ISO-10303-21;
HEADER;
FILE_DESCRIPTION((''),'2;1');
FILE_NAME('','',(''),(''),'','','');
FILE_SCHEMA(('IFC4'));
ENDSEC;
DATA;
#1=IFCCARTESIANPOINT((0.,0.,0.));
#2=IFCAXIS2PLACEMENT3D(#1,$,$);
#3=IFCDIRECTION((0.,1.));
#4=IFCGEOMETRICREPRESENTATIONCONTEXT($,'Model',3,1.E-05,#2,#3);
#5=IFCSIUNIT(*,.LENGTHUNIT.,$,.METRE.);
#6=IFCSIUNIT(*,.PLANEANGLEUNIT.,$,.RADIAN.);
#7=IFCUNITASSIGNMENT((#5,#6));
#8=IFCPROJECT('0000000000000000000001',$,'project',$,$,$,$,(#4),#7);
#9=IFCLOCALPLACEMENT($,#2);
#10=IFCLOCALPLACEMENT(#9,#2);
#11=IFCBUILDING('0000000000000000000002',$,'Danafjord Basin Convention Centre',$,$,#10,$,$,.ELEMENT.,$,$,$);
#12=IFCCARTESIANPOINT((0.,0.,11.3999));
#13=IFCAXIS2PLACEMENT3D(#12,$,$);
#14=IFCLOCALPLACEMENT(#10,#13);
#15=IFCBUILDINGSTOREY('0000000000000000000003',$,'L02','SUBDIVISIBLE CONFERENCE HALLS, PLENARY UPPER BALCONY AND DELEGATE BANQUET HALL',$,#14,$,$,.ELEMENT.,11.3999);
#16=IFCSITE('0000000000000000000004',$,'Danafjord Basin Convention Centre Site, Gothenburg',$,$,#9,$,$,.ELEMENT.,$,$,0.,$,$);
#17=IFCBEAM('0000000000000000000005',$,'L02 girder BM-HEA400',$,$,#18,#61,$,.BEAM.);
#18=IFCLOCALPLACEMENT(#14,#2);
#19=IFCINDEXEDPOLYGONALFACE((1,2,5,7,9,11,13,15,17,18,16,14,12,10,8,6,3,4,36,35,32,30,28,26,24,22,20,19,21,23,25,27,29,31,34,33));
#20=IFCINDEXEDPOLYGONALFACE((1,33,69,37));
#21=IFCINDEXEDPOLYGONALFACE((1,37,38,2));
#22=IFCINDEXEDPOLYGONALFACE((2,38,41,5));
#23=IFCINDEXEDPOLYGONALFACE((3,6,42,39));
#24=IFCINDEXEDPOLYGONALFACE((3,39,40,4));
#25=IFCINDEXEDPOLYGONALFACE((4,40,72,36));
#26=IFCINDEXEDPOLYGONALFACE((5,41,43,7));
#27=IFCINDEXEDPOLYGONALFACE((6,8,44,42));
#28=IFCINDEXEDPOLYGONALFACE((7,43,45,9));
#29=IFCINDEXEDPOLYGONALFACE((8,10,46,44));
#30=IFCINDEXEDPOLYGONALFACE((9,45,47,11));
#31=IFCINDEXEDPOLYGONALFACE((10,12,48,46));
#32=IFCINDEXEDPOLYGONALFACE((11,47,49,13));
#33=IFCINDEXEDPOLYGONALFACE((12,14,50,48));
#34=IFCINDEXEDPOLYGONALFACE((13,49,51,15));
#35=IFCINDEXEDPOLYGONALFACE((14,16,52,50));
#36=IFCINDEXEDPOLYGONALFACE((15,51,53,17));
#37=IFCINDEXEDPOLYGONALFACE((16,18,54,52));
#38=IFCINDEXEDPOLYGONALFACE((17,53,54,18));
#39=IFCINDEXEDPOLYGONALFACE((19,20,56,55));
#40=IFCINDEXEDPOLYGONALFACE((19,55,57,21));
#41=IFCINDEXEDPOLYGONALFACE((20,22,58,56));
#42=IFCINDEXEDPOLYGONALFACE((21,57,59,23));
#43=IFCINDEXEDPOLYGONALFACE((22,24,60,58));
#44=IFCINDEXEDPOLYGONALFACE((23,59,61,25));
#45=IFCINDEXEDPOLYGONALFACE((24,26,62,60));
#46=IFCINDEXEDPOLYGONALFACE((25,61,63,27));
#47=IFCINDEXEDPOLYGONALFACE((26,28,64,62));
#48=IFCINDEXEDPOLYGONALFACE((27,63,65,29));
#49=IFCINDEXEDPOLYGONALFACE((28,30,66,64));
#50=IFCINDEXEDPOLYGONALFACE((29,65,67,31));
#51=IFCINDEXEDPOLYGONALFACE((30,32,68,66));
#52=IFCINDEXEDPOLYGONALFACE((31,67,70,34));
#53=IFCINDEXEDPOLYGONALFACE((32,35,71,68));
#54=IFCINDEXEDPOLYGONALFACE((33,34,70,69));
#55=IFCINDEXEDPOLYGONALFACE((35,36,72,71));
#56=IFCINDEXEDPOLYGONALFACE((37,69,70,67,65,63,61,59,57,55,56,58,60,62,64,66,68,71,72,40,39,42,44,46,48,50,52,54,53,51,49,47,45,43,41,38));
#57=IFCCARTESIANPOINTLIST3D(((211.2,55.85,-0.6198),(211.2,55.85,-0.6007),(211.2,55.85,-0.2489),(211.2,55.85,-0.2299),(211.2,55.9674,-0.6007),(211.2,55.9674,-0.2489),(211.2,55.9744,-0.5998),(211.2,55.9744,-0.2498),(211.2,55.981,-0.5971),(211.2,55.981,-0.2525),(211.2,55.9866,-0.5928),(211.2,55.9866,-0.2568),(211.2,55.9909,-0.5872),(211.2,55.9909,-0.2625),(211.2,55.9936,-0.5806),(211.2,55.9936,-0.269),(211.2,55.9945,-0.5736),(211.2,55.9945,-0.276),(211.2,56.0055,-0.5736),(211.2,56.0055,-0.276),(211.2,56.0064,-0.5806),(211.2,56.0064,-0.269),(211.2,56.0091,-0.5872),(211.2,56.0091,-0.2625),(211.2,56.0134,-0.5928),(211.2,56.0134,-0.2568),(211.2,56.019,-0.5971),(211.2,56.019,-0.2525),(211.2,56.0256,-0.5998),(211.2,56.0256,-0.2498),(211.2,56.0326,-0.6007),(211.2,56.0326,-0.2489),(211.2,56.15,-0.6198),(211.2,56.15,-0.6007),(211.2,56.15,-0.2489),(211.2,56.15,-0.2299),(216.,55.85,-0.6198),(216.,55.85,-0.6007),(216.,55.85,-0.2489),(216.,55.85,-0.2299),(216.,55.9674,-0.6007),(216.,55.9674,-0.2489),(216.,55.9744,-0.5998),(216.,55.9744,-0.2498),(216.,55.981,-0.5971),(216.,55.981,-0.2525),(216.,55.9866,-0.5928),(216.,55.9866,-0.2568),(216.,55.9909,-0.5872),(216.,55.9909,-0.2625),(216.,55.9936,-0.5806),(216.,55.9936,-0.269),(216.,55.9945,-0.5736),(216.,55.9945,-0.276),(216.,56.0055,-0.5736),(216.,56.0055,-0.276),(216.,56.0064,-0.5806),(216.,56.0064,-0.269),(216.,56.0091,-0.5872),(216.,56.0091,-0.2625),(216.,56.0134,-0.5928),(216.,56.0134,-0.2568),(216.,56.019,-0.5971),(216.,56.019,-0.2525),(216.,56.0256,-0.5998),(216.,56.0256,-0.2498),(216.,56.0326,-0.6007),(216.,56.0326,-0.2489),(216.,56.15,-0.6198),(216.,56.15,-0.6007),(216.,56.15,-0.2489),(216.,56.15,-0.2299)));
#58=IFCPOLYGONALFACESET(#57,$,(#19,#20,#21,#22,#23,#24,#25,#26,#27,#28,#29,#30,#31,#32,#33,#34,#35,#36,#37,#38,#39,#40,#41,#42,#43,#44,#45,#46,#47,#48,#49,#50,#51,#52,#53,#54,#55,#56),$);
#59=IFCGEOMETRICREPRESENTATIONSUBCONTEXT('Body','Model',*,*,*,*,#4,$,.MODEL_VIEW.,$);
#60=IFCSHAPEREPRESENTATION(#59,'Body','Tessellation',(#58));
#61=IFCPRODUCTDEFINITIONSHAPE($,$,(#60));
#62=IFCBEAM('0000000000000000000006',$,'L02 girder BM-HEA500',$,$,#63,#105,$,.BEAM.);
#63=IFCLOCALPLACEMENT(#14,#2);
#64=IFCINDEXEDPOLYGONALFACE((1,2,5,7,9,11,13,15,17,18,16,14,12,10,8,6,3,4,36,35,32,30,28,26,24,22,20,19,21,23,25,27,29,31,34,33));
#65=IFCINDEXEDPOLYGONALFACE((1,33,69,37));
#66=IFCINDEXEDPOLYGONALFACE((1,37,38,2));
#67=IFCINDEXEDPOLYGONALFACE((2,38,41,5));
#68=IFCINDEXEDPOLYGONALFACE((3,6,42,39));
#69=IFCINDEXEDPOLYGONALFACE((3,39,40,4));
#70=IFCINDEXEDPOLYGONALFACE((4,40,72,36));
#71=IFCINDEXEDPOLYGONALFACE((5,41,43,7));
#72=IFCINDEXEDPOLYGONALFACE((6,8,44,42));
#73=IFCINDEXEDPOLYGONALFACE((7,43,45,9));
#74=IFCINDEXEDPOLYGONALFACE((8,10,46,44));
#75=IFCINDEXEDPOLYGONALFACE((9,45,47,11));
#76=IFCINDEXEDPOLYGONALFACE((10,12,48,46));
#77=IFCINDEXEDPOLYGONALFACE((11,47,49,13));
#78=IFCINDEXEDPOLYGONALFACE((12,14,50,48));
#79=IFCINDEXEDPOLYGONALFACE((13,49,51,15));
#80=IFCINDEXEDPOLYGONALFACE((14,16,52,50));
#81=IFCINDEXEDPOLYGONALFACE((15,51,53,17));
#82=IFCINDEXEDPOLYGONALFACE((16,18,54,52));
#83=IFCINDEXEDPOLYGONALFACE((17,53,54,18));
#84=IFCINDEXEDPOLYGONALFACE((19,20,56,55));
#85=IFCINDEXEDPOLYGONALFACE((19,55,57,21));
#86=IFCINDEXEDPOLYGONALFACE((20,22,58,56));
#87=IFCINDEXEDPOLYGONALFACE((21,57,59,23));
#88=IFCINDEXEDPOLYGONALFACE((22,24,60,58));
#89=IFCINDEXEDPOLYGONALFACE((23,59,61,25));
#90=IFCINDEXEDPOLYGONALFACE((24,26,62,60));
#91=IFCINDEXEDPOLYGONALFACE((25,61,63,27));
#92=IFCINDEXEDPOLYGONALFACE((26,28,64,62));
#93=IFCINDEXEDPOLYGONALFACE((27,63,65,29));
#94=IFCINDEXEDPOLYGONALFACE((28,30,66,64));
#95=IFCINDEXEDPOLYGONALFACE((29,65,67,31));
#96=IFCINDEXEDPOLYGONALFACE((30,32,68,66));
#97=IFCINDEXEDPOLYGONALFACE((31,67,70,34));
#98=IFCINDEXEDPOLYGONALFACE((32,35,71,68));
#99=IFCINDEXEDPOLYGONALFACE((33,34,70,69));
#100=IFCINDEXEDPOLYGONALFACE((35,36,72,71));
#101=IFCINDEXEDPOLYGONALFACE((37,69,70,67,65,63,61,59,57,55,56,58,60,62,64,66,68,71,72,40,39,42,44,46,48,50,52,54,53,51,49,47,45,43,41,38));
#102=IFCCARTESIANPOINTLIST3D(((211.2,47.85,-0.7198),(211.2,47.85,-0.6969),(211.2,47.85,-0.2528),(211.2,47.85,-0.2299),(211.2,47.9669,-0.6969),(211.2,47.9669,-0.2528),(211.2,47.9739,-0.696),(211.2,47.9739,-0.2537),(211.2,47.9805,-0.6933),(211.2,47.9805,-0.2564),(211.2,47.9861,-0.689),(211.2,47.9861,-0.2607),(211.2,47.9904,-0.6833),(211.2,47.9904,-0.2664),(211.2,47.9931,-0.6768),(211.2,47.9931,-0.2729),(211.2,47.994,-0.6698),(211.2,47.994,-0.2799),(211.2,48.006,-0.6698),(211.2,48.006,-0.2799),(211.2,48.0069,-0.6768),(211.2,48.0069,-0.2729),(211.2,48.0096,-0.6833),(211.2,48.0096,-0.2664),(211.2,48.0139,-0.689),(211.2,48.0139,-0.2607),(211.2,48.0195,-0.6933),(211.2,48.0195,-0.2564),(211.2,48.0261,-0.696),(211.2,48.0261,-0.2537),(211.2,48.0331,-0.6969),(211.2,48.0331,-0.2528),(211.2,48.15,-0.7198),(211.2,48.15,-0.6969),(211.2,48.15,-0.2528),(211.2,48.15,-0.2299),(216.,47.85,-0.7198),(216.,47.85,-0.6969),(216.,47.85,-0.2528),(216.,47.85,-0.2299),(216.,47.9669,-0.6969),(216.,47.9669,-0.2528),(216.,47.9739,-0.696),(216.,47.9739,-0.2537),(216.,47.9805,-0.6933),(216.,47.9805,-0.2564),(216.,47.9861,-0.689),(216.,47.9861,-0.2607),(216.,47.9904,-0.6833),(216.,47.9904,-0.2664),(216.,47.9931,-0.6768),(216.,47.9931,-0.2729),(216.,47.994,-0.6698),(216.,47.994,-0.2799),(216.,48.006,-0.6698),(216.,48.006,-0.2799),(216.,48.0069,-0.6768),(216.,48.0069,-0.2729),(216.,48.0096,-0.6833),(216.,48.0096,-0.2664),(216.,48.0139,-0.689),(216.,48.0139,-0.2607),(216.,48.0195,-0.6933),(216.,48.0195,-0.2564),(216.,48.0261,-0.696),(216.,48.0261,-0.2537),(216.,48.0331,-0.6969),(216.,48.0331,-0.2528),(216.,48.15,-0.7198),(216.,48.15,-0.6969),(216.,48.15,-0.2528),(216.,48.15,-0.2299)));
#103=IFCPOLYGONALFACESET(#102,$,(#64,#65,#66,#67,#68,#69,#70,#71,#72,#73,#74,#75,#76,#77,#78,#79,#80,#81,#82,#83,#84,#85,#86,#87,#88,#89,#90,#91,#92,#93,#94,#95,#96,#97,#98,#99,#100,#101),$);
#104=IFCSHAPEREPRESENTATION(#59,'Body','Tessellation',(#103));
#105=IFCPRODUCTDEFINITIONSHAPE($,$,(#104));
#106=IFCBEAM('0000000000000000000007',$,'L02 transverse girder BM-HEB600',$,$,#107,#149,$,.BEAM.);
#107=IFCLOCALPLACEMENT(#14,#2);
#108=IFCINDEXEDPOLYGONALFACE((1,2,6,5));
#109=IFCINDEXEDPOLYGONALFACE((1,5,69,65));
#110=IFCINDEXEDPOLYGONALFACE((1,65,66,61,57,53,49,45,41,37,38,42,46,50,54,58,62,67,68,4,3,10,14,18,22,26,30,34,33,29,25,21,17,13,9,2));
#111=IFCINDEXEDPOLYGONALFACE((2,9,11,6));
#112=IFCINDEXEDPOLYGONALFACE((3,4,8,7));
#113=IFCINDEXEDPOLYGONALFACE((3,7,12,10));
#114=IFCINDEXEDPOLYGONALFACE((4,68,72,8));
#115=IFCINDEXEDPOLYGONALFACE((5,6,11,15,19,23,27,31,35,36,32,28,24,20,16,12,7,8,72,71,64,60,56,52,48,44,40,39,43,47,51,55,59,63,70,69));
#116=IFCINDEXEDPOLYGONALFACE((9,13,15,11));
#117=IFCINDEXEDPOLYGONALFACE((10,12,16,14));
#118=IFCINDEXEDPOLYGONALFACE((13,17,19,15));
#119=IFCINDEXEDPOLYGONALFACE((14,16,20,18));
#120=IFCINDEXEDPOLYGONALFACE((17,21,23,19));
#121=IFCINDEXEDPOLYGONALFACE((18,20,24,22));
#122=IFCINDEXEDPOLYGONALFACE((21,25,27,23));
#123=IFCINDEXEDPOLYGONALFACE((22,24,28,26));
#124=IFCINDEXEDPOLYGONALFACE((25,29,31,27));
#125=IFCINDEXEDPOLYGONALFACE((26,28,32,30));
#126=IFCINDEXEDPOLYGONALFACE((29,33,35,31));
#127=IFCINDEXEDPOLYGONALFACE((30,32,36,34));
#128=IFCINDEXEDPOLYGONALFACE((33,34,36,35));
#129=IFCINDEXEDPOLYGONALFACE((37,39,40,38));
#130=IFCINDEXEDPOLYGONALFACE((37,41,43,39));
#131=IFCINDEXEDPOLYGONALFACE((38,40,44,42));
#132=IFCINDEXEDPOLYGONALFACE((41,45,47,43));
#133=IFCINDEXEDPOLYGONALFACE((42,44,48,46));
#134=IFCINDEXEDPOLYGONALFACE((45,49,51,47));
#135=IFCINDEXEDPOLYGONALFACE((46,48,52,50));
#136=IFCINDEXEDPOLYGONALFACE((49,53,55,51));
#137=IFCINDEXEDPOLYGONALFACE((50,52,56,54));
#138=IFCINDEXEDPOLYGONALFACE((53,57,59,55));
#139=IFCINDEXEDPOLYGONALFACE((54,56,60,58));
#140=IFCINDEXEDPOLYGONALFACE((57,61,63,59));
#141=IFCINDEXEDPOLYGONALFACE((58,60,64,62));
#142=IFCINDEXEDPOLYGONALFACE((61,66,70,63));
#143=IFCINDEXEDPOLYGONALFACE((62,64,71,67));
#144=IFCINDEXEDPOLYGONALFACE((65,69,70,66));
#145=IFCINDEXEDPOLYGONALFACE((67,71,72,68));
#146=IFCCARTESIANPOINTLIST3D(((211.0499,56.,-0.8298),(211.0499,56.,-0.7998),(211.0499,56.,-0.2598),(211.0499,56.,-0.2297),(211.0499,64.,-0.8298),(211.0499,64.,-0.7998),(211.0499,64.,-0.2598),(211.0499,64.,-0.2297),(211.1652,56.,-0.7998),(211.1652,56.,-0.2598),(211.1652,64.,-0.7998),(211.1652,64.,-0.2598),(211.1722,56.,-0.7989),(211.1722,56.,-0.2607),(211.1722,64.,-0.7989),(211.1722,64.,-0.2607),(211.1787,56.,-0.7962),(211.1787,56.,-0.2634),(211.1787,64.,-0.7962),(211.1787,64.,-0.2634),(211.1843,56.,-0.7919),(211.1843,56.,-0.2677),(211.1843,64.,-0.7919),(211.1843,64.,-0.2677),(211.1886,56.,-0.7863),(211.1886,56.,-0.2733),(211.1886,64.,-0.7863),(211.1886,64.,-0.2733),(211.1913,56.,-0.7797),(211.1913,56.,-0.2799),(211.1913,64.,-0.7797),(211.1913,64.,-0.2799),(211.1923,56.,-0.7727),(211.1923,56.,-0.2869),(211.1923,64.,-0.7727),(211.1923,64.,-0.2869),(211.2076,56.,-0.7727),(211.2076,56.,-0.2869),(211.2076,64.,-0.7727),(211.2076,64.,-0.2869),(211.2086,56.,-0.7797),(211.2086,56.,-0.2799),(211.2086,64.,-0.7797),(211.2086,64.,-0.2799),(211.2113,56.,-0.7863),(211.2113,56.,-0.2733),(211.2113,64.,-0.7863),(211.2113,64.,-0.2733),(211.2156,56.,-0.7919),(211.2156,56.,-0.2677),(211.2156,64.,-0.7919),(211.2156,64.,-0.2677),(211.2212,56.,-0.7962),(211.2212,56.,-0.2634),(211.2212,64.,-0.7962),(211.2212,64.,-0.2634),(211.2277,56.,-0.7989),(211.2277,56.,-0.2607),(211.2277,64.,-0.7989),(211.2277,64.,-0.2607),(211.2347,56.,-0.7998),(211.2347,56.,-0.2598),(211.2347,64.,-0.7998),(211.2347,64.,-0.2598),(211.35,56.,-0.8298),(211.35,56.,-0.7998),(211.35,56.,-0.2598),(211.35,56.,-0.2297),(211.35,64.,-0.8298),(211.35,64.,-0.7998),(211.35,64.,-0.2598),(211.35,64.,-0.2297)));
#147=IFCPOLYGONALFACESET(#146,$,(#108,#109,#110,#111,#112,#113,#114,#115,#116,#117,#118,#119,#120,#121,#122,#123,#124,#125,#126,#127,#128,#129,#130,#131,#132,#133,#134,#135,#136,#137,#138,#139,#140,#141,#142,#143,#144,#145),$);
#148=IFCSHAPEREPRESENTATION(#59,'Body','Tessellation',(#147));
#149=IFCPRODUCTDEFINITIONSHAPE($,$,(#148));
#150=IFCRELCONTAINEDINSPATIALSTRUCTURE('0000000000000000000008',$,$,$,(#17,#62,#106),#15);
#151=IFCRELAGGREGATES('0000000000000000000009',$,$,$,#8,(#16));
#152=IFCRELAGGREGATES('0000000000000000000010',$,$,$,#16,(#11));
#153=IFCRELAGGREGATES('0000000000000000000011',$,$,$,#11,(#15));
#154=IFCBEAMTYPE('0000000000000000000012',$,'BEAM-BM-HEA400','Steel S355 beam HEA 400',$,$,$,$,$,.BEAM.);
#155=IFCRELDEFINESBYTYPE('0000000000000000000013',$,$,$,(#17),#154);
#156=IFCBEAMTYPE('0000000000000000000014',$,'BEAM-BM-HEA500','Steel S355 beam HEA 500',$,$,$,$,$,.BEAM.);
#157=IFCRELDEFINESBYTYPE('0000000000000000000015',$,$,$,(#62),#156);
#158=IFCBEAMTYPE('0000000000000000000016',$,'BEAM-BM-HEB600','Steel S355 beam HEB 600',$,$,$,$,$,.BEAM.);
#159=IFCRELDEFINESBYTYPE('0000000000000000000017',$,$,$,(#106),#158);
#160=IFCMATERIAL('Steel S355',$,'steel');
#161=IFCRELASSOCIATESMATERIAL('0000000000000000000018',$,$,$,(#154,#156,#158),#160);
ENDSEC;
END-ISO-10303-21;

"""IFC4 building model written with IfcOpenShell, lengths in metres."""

from ifc_helpers import new_model, si_unit, direction, frame, origin, origin_2d, place, context, subcontext, project, spatial, i_section, extrude, material, material_profile, profile_set, type_object, element, save


model = new_model("IFC4")

# Units and contexts
model_context = context("Model", 3, precision=1e-05, world=origin(), true_north=direction((0.0, 1.0)))
body_context = subcontext(model_context, "Body", "Model", "MODEL_VIEW")
ifc_project = project(units=[si_unit("LENGTHUNIT", "METRE"), si_unit("PLANEANGLEUNIT", "RADIAN")], contexts=[model_context])

# Site, building, storey
site_placement = place(None, origin())
site = spatial("IfcSite", under=ifc_project, at=site_placement, Name="Danafjord Basin Convention Centre Site, Gothenburg", CompositionType="ELEMENT", RefElevation=0.0)
building_placement = place(site_placement, origin())
building = spatial("IfcBuilding", under=site, at=building_placement, Name="Danafjord Basin Convention Centre", CompositionType="ELEMENT")
storey_placement = place(building_placement, frame((0.0, 0.0, 11.3999)))
storey = spatial("IfcBuildingStorey", under=building, at=storey_placement, Name="L02", Description="SUBDIVISIBLE CONFERENCE HALLS, PLENARY UPPER BALCONY AND DELEGATE BANQUET HALL", CompositionType="ELEMENT", Elevation=11.3999)

# Shared definitions
ifc_material_1 = material(Name="Steel S355", Category="steel")

# Beams
ifc_material_profile_1 = material_profile(ifc_material_1, i_section(OverallWidth=0.3, OverallDepth=0.3899, WebThickness=0.011, FlangeThickness=0.019, FilletRadius=0.0271, at=origin_2d()), Name="HEA 400")
ifc_profile_set_1 = profile_set([ifc_material_profile_1], Name="Steel S355")
beam_type_1 = type_object("IfcBeamType", Name="BEAM-BM-HEA400", Description="Steel S355 beam HEA 400", PredefinedType="BEAM", material=ifc_profile_set_1)
beam_1_placement = place(storey_placement, frame((211.2, 56.0, -0.4248), z_axis=(1.0, 0.0, 0.0), x_axis=(0.0, 1.0, 0.0)))
element("IfcBeam", 1, at=beam_1_placement, inside=storey, type_object=beam_type_1, Name="L02 girder BM-HEA400", PredefinedType="BEAM", context=body_context, shape_type="SweptSolid", body=[
    extrude(i_section(OverallWidth=0.3, OverallDepth=0.3899, WebThickness=0.011, FlangeThickness=0.019, FilletRadius=0.0271, at=origin_2d()), origin(), (0.0, 0.0, 1.0), 4.8),
])
ifc_material_profile_2 = material_profile(ifc_material_1, i_section(OverallWidth=0.3, OverallDepth=0.49, WebThickness=0.012, FlangeThickness=0.0229, FilletRadius=0.0271, at=origin_2d()), Name="HEA 500")
ifc_profile_set_2 = profile_set([ifc_material_profile_2], Name="Steel S355")
beam_type_2 = type_object("IfcBeamType", Name="BEAM-BM-HEA500", Description="Steel S355 beam HEA 500", PredefinedType="BEAM", material=ifc_profile_set_2)
beam_2_placement = place(storey_placement, frame((211.2, 48.0, -0.4749), z_axis=(1.0, 0.0, 0.0), x_axis=(0.0, 1.0, 0.0)))
element("IfcBeam", 2, at=beam_2_placement, inside=storey, type_object=beam_type_2, Name="L02 girder BM-HEA500", PredefinedType="BEAM", context=body_context, shape_type="SweptSolid", body=[
    extrude(i_section(OverallWidth=0.3, OverallDepth=0.49, WebThickness=0.012, FlangeThickness=0.0229, FilletRadius=0.0271, at=origin_2d()), origin(), (0.0, 0.0, 1.0), 4.8),
])
ifc_material_profile_3 = material_profile(ifc_material_1, i_section(OverallWidth=0.3, OverallDepth=0.6001, WebThickness=0.0154, FlangeThickness=0.03, FilletRadius=0.0271, at=origin_2d()), Name="HEB 600")
ifc_profile_set_3 = profile_set([ifc_material_profile_3], Name="Steel S355")
beam_type_3 = type_object("IfcBeamType", Name="BEAM-BM-HEB600", Description="Steel S355 beam HEB 600", PredefinedType="BEAM", material=ifc_profile_set_3)
beam_3_placement = place(storey_placement, frame((211.2, 56.0, -0.5298), z_axis=(0.0, 1.0, 0.0), x_axis=(-1.0, 0.0, 0.0)))
element("IfcBeam", 3, at=beam_3_placement, inside=storey, type_object=beam_type_3, Name="L02 transverse girder BM-HEB600", PredefinedType="BEAM", context=body_context, shape_type="SweptSolid", body=[
    extrude(i_section(OverallWidth=0.3, OverallDepth=0.6001, WebThickness=0.0154, FlangeThickness=0.03, FilletRadius=0.0271, at=origin_2d()), origin(), (0.0, 0.0, 1.0), 8.0),
])

save(model, "model.ifc")
